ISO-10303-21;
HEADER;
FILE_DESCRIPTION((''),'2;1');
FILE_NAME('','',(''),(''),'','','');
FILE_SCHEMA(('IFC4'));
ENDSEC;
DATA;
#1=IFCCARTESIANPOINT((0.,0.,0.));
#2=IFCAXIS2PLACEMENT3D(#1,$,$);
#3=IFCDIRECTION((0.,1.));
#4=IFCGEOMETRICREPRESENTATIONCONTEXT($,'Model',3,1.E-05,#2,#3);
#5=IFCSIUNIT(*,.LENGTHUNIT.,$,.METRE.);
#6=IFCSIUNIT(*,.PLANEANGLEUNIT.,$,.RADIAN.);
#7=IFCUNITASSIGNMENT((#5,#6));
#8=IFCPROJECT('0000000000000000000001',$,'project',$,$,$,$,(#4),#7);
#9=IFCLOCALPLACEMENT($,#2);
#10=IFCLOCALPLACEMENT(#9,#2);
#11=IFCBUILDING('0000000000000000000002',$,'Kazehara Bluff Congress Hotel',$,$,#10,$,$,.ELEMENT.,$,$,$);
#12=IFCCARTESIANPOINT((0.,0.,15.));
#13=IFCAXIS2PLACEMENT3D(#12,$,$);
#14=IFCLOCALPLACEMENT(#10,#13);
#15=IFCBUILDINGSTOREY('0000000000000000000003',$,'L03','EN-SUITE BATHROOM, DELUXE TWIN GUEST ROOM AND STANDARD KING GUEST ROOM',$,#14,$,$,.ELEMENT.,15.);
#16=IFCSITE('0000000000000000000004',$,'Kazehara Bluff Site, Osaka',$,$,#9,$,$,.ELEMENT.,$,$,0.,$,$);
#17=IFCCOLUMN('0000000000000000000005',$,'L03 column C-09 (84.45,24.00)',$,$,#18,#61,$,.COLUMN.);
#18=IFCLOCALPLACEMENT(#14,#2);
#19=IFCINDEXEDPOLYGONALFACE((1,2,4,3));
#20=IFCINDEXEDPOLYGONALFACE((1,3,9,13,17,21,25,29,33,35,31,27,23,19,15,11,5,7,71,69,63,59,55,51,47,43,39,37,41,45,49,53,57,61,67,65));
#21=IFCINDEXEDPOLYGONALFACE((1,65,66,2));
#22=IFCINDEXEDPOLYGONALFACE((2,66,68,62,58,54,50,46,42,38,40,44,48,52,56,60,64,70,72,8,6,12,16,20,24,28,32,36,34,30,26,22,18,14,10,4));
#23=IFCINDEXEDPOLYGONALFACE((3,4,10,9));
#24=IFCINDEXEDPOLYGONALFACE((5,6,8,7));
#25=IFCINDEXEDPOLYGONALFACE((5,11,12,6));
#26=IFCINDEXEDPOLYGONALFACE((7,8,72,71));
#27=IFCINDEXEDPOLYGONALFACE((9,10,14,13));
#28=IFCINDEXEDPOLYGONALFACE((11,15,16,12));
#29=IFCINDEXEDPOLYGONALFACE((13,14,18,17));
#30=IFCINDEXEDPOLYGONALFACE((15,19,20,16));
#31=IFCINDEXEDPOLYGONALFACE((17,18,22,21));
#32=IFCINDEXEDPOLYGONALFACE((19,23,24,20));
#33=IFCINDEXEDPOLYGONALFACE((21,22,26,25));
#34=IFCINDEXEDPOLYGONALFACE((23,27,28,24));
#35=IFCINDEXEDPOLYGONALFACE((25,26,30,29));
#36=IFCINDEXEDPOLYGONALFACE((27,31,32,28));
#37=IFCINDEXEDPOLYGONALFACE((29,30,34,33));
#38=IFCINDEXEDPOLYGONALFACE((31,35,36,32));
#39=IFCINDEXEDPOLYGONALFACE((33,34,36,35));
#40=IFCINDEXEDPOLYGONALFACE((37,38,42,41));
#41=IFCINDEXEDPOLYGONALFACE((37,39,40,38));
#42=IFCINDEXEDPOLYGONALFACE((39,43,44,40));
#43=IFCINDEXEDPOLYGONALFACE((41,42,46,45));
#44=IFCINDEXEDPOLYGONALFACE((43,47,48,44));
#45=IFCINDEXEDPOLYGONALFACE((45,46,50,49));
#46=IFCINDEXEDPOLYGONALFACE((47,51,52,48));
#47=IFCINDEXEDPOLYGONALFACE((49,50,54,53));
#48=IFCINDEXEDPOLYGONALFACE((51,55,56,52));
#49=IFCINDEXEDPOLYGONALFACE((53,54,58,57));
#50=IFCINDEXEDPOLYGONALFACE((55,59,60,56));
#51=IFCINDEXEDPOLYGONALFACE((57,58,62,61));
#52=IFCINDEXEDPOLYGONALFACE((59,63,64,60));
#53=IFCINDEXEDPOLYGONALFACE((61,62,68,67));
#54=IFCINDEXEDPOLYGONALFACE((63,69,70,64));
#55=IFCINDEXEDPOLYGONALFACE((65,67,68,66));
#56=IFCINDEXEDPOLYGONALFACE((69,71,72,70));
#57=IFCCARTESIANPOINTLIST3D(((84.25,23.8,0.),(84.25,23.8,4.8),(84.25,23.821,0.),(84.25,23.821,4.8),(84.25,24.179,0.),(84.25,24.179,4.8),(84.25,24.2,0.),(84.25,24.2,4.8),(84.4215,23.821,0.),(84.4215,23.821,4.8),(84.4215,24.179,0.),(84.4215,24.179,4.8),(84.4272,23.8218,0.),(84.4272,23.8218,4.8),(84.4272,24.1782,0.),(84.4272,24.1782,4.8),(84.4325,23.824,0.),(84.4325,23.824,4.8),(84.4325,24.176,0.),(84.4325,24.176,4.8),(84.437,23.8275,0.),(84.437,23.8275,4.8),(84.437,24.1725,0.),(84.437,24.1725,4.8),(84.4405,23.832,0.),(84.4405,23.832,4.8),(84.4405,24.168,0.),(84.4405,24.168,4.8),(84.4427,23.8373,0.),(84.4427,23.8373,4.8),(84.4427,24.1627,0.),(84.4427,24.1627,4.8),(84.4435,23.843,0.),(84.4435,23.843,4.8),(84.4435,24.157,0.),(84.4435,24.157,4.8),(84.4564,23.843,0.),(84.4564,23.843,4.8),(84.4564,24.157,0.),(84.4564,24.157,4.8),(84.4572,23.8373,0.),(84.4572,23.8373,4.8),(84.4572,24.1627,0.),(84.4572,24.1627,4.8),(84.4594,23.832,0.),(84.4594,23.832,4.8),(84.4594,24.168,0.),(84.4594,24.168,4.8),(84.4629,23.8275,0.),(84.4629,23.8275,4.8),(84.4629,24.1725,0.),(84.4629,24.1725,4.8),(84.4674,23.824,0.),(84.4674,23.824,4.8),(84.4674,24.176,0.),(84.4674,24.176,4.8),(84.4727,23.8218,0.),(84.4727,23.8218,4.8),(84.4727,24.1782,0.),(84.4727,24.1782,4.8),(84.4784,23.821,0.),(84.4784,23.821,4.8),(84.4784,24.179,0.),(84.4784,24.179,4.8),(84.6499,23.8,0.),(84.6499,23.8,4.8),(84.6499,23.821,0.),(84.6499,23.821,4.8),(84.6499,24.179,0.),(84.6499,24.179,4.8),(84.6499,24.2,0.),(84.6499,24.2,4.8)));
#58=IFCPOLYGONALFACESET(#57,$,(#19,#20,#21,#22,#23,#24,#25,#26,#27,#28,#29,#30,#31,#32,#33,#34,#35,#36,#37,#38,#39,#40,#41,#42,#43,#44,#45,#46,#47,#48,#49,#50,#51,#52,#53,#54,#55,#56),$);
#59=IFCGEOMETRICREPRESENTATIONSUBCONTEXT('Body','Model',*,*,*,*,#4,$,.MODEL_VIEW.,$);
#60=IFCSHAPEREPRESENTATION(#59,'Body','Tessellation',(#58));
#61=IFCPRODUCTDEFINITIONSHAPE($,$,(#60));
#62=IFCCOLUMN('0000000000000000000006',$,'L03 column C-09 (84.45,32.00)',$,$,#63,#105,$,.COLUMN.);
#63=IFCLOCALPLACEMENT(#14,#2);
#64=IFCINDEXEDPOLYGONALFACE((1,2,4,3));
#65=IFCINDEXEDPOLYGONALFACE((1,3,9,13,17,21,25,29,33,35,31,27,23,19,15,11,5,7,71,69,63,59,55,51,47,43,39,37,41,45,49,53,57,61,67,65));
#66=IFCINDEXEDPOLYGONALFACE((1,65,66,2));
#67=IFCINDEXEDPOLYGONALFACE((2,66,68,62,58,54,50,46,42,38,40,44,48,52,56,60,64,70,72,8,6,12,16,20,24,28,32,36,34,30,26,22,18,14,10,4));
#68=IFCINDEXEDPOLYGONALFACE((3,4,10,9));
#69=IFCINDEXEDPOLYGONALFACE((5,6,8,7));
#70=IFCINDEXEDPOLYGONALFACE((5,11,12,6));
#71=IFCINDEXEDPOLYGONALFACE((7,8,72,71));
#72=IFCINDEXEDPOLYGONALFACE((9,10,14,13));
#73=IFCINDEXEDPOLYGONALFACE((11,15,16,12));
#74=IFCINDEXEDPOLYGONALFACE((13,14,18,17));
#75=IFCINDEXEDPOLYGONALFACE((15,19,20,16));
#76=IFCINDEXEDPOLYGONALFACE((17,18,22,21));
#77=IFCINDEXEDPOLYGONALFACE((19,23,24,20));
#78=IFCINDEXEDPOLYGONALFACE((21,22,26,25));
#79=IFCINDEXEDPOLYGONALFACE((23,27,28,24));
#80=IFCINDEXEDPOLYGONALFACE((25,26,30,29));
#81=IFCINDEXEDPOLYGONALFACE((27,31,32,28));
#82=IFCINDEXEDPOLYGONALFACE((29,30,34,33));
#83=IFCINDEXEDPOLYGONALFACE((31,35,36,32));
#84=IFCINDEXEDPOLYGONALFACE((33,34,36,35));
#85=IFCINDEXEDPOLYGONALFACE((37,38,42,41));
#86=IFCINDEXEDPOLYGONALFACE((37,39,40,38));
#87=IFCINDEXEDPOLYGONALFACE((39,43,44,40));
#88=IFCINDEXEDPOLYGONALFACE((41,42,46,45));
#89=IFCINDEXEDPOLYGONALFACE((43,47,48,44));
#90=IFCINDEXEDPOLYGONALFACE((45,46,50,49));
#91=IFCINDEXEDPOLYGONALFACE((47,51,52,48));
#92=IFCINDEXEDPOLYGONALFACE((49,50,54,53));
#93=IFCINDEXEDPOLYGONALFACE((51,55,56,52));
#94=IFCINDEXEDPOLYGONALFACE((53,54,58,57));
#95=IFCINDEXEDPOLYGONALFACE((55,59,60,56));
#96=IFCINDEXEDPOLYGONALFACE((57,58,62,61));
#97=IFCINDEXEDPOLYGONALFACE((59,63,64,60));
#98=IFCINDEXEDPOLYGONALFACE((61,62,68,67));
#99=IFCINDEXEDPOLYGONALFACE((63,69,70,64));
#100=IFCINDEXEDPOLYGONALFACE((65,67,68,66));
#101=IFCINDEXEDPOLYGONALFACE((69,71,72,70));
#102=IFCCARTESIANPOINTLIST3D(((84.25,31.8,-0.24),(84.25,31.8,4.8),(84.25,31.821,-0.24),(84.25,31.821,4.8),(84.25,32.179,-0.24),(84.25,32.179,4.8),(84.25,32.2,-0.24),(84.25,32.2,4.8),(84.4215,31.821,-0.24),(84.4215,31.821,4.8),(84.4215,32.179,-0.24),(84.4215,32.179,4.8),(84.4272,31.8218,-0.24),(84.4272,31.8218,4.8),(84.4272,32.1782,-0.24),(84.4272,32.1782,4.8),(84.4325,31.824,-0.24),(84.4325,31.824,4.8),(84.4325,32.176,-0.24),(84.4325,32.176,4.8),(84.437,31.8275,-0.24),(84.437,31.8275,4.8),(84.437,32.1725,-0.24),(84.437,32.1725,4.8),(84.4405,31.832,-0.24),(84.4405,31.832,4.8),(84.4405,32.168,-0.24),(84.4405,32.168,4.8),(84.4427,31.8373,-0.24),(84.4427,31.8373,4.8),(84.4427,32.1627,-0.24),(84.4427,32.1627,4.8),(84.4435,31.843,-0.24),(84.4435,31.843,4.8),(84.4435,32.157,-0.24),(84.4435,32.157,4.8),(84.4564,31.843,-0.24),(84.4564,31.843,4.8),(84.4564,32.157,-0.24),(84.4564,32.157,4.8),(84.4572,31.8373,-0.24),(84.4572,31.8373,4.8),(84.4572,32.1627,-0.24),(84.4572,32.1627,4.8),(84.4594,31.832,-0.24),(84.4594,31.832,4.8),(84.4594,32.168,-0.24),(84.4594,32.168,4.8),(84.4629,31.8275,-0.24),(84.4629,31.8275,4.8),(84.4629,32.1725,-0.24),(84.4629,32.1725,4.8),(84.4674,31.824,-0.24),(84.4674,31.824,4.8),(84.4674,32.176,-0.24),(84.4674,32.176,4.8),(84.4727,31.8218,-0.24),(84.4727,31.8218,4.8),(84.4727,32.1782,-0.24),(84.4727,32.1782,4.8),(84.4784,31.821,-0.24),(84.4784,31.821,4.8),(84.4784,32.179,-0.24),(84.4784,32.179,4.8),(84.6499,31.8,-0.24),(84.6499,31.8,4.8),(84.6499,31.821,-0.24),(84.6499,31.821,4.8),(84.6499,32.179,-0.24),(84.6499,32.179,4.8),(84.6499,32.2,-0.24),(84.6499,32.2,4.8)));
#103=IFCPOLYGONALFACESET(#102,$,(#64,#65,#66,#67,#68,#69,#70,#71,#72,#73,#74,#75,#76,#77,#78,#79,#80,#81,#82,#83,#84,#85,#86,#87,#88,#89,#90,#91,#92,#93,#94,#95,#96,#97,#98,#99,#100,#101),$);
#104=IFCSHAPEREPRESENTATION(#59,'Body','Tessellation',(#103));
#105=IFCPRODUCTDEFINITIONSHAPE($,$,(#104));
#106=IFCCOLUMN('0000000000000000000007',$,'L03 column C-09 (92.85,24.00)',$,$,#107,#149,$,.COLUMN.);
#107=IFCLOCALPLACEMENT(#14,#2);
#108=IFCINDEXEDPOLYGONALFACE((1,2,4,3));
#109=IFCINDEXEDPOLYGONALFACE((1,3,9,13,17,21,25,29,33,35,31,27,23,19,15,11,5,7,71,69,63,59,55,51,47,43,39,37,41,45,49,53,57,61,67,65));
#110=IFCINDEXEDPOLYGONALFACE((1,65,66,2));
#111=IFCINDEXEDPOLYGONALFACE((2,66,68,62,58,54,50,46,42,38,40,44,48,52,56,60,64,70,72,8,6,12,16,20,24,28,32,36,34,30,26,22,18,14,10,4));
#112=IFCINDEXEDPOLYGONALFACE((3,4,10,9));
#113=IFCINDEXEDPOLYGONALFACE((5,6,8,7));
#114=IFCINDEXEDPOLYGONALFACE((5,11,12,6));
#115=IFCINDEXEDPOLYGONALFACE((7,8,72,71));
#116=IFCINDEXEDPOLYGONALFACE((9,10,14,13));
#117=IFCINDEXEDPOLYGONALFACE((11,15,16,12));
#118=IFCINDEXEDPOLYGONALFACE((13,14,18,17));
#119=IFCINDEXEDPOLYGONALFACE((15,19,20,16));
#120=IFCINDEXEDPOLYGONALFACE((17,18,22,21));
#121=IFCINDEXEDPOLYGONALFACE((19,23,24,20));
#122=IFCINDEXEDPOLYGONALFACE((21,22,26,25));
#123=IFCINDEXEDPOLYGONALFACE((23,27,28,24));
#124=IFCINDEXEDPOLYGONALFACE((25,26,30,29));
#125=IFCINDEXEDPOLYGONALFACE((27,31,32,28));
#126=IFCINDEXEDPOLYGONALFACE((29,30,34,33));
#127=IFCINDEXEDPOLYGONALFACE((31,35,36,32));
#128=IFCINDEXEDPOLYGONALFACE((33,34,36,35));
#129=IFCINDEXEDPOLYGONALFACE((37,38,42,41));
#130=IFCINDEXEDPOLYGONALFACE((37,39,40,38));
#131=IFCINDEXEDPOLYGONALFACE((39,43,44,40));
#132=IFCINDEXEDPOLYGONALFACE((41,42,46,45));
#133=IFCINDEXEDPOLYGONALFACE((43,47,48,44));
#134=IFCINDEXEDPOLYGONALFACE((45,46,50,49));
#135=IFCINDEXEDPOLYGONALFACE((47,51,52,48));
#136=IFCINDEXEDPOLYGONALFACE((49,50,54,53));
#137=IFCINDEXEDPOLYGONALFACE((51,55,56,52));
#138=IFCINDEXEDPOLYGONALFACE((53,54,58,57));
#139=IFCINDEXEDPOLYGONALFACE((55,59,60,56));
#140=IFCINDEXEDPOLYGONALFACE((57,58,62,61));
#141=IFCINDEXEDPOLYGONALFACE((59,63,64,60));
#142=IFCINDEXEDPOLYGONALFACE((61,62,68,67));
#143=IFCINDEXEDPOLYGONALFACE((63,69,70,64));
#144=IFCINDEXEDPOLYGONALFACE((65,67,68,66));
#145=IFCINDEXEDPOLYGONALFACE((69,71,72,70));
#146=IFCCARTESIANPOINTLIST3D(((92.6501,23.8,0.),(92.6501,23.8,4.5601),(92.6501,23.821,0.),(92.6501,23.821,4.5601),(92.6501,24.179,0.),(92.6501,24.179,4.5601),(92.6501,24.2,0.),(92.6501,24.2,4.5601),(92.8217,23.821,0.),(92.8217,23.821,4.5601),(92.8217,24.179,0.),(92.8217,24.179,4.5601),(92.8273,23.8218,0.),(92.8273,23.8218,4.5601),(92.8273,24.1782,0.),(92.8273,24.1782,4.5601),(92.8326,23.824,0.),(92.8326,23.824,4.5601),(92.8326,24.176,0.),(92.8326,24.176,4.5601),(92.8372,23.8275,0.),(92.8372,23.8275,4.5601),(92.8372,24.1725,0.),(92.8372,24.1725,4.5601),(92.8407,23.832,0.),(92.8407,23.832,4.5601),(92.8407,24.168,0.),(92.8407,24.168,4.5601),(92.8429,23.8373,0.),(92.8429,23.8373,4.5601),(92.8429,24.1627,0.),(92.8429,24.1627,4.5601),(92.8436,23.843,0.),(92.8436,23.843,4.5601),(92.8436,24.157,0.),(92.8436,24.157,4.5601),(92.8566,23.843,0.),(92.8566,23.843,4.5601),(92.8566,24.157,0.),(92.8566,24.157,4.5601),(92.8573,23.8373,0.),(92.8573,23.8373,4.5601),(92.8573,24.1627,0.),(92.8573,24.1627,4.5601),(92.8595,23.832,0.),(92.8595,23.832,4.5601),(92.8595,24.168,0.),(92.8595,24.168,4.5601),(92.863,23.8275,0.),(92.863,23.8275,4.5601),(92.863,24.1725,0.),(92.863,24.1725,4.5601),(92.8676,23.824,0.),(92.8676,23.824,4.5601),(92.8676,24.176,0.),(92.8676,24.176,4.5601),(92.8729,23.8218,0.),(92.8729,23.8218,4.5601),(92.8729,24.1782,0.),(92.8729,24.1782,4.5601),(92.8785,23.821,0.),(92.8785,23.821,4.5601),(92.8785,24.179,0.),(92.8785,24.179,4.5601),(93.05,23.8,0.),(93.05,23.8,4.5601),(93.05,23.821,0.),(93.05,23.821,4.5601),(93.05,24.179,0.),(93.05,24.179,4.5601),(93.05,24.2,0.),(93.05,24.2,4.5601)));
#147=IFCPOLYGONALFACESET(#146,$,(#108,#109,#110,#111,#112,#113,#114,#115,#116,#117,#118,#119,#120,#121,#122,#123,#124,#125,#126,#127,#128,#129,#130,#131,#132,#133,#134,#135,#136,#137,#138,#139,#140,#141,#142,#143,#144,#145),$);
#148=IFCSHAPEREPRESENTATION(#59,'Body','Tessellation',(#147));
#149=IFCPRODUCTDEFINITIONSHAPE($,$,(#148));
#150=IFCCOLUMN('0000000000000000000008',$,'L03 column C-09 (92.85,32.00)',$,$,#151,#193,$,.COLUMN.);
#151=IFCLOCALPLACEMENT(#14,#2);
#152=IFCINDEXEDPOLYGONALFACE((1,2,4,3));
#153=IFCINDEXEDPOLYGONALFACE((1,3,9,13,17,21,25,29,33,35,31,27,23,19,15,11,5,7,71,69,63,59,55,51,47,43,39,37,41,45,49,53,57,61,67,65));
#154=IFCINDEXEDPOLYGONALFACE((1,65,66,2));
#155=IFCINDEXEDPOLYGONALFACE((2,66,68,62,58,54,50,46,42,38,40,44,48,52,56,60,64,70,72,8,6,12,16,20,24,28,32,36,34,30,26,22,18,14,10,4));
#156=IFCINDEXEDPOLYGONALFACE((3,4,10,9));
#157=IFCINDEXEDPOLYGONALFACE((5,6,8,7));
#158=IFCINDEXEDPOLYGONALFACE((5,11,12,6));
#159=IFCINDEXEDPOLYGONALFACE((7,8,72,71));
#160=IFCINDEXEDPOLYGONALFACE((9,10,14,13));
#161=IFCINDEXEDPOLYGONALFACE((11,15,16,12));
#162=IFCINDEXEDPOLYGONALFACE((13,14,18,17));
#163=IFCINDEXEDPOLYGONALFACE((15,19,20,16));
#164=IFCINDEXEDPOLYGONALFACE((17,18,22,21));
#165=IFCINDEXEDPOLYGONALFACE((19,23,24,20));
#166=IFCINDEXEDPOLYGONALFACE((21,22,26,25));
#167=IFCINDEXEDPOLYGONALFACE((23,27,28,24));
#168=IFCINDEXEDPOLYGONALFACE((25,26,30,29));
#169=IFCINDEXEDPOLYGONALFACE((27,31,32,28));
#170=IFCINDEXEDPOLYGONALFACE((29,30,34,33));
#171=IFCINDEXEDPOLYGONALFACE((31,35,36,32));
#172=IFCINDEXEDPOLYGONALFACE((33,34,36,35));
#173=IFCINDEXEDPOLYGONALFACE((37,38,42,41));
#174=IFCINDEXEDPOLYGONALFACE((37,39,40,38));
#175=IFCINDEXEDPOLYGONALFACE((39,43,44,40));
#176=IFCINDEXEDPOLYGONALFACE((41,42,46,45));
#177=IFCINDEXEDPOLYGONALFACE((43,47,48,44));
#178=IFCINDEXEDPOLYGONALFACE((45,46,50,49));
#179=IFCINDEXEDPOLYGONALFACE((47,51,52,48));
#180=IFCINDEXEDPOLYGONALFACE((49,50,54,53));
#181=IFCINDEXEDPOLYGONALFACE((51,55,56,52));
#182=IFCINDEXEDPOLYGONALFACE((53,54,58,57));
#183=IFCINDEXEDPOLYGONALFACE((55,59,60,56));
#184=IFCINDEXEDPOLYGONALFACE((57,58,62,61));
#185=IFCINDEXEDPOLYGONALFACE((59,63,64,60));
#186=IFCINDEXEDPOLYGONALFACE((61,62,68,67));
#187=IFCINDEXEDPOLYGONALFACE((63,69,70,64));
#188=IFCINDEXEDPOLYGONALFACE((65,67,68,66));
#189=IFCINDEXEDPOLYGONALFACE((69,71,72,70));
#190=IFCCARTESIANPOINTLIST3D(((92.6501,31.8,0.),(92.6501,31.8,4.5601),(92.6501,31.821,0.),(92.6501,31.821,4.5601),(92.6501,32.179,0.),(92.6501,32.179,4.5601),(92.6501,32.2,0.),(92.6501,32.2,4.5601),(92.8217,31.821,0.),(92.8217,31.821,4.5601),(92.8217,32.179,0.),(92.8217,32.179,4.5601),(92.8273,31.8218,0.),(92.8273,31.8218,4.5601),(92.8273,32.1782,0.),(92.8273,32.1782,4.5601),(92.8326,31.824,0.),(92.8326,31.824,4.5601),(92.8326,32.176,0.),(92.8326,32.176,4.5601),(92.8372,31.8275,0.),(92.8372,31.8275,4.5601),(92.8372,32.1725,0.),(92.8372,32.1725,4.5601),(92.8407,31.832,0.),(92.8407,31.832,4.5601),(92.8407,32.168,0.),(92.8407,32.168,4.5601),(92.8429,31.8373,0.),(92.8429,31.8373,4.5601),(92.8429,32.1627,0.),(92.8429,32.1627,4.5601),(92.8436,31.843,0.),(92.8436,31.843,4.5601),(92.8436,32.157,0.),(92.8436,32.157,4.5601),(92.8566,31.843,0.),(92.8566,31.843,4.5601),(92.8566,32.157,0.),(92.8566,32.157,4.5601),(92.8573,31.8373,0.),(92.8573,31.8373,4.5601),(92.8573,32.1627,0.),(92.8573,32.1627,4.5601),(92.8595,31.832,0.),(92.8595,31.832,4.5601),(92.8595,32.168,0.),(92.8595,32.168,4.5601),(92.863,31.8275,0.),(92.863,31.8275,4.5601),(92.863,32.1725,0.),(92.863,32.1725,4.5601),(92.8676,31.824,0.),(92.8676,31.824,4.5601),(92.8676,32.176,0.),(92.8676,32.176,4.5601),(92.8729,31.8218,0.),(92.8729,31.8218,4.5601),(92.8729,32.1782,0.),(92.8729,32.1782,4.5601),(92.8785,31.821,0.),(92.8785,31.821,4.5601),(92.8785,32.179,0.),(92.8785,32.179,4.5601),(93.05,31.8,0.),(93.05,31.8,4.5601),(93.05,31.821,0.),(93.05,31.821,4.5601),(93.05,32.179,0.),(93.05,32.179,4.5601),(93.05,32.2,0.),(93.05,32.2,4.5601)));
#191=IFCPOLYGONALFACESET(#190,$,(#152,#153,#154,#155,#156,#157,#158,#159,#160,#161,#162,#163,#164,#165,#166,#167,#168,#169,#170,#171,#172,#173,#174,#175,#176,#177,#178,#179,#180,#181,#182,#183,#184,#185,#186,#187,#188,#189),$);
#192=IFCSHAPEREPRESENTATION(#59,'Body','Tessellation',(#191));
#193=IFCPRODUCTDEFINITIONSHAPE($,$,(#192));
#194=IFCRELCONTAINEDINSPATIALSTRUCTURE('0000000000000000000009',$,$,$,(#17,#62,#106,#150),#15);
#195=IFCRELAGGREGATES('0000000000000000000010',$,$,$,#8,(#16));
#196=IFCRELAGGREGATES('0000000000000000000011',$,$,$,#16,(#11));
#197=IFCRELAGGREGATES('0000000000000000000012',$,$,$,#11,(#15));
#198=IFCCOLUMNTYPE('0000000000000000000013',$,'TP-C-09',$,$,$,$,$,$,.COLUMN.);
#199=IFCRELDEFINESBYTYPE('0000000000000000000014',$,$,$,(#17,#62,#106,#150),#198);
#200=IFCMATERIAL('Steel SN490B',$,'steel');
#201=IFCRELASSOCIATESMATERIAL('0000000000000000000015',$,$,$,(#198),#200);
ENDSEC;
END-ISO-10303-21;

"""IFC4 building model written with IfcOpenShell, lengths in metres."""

from ifc_helpers import new_model, si_unit, direction, frame, origin, origin_2d, place, context, subcontext, project, spatial, i_section, extrude, material, material_profile, profile_set, type_object, element, save


model = new_model("IFC4")

# Units and contexts
model_context = context("Model", 3, precision=1e-05, world=origin(), true_north=direction((0.0, 1.0)))
body_context = subcontext(model_context, "Body", "Model", "MODEL_VIEW")
ifc_project = project(units=[si_unit("LENGTHUNIT", "METRE"), si_unit("PLANEANGLEUNIT", "RADIAN")], contexts=[model_context])

# Site, building, storey
site_placement = place(None, origin())
site = spatial("IfcSite", under=ifc_project, at=site_placement, Name="Kazehara Bluff Site, Osaka", CompositionType="ELEMENT", RefElevation=0.0)
building_placement = place(site_placement, origin())
building = spatial("IfcBuilding", under=site, at=building_placement, Name="Kazehara Bluff Congress Hotel", CompositionType="ELEMENT")
storey_placement = place(building_placement, frame((0.0, 0.0, 15.0)))
storey = spatial("IfcBuildingStorey", under=building, at=storey_placement, Name="L03", Description="EN-SUITE BATHROOM, DELUXE TWIN GUEST ROOM AND STANDARD KING GUEST ROOM", CompositionType="ELEMENT", Elevation=15.0)

# Columns
ifc_material_1 = material(Name="Steel SN490B", Category="steel")
ifc_material_profile_1 = material_profile(ifc_material_1, i_section(OverallWidth=0.3999, OverallDepth=0.3999, WebThickness=0.0129, FlangeThickness=0.021, FilletRadius=0.022, at=origin_2d()))
ifc_profile_set_1 = profile_set([ifc_material_profile_1], Name="Steel SN490B")
column_type = type_object("IfcColumnType", Name="TP-C-09", PredefinedType="COLUMN", material=ifc_profile_set_1)
column_1_placement = place(storey_placement, frame((84.45, 24.0, 0.0), z_axis=(0.0, 0.0, 1.0), x_axis=(1.0, 0.0, 0.0)))
element("IfcColumn", 1, at=column_1_placement, inside=storey, type_object=column_type, Name="L03 column C-09 (84.45,24.00)", PredefinedType="COLUMN", context=body_context, shape_type="SweptSolid", body=[
    extrude(i_section(OverallWidth=0.3999, OverallDepth=0.3999, WebThickness=0.0129, FlangeThickness=0.021, FilletRadius=0.022, at=origin_2d()), origin(), (0.0, 0.0, 1.0), 4.8),
])
column_2_placement = place(storey_placement, frame((84.45, 32.0, -0.24), z_axis=(0.0, 0.0, 1.0), x_axis=(1.0, 0.0, 0.0)))
element("IfcColumn", 2, at=column_2_placement, inside=storey, type_object=column_type, Name="L03 column C-09 (84.45,32.00)", PredefinedType="COLUMN", context=body_context, shape_type="SweptSolid", body=[
    extrude(i_section(OverallWidth=0.3999, OverallDepth=0.3999, WebThickness=0.0129, FlangeThickness=0.021, FilletRadius=0.022, at=origin_2d()), origin(), (0.0, 0.0, 1.0), 5.04),
])
for number, where, z_axis, x_axis, name in (
    (3, (92.8501, 24.0, 0.0), (0.0, 0.0, 1.0), (1.0, 0.0, 0.0), "L03 column C-09 (92.85,24.00)"),
    (4, (92.8501, 32.0, 0.0), (0.0, 0.0, 1.0), (1.0, 0.0, 0.0), "L03 column C-09 (92.85,32.00)"),
):
    element("IfcColumn", number, at=place(storey_placement, frame(where, z_axis=z_axis, x_axis=x_axis)), inside=storey, type_object=column_type, Name=name, PredefinedType="COLUMN", context=body_context, shape_type="SweptSolid", body=[
        extrude(i_section(OverallWidth=0.3999, OverallDepth=0.3999, WebThickness=0.0129, FlangeThickness=0.021, FilletRadius=0.022, at=origin_2d()), origin(), (0.0, 0.0, 1.0), 4.5601),
    ])

save(model, "model.ifc")
